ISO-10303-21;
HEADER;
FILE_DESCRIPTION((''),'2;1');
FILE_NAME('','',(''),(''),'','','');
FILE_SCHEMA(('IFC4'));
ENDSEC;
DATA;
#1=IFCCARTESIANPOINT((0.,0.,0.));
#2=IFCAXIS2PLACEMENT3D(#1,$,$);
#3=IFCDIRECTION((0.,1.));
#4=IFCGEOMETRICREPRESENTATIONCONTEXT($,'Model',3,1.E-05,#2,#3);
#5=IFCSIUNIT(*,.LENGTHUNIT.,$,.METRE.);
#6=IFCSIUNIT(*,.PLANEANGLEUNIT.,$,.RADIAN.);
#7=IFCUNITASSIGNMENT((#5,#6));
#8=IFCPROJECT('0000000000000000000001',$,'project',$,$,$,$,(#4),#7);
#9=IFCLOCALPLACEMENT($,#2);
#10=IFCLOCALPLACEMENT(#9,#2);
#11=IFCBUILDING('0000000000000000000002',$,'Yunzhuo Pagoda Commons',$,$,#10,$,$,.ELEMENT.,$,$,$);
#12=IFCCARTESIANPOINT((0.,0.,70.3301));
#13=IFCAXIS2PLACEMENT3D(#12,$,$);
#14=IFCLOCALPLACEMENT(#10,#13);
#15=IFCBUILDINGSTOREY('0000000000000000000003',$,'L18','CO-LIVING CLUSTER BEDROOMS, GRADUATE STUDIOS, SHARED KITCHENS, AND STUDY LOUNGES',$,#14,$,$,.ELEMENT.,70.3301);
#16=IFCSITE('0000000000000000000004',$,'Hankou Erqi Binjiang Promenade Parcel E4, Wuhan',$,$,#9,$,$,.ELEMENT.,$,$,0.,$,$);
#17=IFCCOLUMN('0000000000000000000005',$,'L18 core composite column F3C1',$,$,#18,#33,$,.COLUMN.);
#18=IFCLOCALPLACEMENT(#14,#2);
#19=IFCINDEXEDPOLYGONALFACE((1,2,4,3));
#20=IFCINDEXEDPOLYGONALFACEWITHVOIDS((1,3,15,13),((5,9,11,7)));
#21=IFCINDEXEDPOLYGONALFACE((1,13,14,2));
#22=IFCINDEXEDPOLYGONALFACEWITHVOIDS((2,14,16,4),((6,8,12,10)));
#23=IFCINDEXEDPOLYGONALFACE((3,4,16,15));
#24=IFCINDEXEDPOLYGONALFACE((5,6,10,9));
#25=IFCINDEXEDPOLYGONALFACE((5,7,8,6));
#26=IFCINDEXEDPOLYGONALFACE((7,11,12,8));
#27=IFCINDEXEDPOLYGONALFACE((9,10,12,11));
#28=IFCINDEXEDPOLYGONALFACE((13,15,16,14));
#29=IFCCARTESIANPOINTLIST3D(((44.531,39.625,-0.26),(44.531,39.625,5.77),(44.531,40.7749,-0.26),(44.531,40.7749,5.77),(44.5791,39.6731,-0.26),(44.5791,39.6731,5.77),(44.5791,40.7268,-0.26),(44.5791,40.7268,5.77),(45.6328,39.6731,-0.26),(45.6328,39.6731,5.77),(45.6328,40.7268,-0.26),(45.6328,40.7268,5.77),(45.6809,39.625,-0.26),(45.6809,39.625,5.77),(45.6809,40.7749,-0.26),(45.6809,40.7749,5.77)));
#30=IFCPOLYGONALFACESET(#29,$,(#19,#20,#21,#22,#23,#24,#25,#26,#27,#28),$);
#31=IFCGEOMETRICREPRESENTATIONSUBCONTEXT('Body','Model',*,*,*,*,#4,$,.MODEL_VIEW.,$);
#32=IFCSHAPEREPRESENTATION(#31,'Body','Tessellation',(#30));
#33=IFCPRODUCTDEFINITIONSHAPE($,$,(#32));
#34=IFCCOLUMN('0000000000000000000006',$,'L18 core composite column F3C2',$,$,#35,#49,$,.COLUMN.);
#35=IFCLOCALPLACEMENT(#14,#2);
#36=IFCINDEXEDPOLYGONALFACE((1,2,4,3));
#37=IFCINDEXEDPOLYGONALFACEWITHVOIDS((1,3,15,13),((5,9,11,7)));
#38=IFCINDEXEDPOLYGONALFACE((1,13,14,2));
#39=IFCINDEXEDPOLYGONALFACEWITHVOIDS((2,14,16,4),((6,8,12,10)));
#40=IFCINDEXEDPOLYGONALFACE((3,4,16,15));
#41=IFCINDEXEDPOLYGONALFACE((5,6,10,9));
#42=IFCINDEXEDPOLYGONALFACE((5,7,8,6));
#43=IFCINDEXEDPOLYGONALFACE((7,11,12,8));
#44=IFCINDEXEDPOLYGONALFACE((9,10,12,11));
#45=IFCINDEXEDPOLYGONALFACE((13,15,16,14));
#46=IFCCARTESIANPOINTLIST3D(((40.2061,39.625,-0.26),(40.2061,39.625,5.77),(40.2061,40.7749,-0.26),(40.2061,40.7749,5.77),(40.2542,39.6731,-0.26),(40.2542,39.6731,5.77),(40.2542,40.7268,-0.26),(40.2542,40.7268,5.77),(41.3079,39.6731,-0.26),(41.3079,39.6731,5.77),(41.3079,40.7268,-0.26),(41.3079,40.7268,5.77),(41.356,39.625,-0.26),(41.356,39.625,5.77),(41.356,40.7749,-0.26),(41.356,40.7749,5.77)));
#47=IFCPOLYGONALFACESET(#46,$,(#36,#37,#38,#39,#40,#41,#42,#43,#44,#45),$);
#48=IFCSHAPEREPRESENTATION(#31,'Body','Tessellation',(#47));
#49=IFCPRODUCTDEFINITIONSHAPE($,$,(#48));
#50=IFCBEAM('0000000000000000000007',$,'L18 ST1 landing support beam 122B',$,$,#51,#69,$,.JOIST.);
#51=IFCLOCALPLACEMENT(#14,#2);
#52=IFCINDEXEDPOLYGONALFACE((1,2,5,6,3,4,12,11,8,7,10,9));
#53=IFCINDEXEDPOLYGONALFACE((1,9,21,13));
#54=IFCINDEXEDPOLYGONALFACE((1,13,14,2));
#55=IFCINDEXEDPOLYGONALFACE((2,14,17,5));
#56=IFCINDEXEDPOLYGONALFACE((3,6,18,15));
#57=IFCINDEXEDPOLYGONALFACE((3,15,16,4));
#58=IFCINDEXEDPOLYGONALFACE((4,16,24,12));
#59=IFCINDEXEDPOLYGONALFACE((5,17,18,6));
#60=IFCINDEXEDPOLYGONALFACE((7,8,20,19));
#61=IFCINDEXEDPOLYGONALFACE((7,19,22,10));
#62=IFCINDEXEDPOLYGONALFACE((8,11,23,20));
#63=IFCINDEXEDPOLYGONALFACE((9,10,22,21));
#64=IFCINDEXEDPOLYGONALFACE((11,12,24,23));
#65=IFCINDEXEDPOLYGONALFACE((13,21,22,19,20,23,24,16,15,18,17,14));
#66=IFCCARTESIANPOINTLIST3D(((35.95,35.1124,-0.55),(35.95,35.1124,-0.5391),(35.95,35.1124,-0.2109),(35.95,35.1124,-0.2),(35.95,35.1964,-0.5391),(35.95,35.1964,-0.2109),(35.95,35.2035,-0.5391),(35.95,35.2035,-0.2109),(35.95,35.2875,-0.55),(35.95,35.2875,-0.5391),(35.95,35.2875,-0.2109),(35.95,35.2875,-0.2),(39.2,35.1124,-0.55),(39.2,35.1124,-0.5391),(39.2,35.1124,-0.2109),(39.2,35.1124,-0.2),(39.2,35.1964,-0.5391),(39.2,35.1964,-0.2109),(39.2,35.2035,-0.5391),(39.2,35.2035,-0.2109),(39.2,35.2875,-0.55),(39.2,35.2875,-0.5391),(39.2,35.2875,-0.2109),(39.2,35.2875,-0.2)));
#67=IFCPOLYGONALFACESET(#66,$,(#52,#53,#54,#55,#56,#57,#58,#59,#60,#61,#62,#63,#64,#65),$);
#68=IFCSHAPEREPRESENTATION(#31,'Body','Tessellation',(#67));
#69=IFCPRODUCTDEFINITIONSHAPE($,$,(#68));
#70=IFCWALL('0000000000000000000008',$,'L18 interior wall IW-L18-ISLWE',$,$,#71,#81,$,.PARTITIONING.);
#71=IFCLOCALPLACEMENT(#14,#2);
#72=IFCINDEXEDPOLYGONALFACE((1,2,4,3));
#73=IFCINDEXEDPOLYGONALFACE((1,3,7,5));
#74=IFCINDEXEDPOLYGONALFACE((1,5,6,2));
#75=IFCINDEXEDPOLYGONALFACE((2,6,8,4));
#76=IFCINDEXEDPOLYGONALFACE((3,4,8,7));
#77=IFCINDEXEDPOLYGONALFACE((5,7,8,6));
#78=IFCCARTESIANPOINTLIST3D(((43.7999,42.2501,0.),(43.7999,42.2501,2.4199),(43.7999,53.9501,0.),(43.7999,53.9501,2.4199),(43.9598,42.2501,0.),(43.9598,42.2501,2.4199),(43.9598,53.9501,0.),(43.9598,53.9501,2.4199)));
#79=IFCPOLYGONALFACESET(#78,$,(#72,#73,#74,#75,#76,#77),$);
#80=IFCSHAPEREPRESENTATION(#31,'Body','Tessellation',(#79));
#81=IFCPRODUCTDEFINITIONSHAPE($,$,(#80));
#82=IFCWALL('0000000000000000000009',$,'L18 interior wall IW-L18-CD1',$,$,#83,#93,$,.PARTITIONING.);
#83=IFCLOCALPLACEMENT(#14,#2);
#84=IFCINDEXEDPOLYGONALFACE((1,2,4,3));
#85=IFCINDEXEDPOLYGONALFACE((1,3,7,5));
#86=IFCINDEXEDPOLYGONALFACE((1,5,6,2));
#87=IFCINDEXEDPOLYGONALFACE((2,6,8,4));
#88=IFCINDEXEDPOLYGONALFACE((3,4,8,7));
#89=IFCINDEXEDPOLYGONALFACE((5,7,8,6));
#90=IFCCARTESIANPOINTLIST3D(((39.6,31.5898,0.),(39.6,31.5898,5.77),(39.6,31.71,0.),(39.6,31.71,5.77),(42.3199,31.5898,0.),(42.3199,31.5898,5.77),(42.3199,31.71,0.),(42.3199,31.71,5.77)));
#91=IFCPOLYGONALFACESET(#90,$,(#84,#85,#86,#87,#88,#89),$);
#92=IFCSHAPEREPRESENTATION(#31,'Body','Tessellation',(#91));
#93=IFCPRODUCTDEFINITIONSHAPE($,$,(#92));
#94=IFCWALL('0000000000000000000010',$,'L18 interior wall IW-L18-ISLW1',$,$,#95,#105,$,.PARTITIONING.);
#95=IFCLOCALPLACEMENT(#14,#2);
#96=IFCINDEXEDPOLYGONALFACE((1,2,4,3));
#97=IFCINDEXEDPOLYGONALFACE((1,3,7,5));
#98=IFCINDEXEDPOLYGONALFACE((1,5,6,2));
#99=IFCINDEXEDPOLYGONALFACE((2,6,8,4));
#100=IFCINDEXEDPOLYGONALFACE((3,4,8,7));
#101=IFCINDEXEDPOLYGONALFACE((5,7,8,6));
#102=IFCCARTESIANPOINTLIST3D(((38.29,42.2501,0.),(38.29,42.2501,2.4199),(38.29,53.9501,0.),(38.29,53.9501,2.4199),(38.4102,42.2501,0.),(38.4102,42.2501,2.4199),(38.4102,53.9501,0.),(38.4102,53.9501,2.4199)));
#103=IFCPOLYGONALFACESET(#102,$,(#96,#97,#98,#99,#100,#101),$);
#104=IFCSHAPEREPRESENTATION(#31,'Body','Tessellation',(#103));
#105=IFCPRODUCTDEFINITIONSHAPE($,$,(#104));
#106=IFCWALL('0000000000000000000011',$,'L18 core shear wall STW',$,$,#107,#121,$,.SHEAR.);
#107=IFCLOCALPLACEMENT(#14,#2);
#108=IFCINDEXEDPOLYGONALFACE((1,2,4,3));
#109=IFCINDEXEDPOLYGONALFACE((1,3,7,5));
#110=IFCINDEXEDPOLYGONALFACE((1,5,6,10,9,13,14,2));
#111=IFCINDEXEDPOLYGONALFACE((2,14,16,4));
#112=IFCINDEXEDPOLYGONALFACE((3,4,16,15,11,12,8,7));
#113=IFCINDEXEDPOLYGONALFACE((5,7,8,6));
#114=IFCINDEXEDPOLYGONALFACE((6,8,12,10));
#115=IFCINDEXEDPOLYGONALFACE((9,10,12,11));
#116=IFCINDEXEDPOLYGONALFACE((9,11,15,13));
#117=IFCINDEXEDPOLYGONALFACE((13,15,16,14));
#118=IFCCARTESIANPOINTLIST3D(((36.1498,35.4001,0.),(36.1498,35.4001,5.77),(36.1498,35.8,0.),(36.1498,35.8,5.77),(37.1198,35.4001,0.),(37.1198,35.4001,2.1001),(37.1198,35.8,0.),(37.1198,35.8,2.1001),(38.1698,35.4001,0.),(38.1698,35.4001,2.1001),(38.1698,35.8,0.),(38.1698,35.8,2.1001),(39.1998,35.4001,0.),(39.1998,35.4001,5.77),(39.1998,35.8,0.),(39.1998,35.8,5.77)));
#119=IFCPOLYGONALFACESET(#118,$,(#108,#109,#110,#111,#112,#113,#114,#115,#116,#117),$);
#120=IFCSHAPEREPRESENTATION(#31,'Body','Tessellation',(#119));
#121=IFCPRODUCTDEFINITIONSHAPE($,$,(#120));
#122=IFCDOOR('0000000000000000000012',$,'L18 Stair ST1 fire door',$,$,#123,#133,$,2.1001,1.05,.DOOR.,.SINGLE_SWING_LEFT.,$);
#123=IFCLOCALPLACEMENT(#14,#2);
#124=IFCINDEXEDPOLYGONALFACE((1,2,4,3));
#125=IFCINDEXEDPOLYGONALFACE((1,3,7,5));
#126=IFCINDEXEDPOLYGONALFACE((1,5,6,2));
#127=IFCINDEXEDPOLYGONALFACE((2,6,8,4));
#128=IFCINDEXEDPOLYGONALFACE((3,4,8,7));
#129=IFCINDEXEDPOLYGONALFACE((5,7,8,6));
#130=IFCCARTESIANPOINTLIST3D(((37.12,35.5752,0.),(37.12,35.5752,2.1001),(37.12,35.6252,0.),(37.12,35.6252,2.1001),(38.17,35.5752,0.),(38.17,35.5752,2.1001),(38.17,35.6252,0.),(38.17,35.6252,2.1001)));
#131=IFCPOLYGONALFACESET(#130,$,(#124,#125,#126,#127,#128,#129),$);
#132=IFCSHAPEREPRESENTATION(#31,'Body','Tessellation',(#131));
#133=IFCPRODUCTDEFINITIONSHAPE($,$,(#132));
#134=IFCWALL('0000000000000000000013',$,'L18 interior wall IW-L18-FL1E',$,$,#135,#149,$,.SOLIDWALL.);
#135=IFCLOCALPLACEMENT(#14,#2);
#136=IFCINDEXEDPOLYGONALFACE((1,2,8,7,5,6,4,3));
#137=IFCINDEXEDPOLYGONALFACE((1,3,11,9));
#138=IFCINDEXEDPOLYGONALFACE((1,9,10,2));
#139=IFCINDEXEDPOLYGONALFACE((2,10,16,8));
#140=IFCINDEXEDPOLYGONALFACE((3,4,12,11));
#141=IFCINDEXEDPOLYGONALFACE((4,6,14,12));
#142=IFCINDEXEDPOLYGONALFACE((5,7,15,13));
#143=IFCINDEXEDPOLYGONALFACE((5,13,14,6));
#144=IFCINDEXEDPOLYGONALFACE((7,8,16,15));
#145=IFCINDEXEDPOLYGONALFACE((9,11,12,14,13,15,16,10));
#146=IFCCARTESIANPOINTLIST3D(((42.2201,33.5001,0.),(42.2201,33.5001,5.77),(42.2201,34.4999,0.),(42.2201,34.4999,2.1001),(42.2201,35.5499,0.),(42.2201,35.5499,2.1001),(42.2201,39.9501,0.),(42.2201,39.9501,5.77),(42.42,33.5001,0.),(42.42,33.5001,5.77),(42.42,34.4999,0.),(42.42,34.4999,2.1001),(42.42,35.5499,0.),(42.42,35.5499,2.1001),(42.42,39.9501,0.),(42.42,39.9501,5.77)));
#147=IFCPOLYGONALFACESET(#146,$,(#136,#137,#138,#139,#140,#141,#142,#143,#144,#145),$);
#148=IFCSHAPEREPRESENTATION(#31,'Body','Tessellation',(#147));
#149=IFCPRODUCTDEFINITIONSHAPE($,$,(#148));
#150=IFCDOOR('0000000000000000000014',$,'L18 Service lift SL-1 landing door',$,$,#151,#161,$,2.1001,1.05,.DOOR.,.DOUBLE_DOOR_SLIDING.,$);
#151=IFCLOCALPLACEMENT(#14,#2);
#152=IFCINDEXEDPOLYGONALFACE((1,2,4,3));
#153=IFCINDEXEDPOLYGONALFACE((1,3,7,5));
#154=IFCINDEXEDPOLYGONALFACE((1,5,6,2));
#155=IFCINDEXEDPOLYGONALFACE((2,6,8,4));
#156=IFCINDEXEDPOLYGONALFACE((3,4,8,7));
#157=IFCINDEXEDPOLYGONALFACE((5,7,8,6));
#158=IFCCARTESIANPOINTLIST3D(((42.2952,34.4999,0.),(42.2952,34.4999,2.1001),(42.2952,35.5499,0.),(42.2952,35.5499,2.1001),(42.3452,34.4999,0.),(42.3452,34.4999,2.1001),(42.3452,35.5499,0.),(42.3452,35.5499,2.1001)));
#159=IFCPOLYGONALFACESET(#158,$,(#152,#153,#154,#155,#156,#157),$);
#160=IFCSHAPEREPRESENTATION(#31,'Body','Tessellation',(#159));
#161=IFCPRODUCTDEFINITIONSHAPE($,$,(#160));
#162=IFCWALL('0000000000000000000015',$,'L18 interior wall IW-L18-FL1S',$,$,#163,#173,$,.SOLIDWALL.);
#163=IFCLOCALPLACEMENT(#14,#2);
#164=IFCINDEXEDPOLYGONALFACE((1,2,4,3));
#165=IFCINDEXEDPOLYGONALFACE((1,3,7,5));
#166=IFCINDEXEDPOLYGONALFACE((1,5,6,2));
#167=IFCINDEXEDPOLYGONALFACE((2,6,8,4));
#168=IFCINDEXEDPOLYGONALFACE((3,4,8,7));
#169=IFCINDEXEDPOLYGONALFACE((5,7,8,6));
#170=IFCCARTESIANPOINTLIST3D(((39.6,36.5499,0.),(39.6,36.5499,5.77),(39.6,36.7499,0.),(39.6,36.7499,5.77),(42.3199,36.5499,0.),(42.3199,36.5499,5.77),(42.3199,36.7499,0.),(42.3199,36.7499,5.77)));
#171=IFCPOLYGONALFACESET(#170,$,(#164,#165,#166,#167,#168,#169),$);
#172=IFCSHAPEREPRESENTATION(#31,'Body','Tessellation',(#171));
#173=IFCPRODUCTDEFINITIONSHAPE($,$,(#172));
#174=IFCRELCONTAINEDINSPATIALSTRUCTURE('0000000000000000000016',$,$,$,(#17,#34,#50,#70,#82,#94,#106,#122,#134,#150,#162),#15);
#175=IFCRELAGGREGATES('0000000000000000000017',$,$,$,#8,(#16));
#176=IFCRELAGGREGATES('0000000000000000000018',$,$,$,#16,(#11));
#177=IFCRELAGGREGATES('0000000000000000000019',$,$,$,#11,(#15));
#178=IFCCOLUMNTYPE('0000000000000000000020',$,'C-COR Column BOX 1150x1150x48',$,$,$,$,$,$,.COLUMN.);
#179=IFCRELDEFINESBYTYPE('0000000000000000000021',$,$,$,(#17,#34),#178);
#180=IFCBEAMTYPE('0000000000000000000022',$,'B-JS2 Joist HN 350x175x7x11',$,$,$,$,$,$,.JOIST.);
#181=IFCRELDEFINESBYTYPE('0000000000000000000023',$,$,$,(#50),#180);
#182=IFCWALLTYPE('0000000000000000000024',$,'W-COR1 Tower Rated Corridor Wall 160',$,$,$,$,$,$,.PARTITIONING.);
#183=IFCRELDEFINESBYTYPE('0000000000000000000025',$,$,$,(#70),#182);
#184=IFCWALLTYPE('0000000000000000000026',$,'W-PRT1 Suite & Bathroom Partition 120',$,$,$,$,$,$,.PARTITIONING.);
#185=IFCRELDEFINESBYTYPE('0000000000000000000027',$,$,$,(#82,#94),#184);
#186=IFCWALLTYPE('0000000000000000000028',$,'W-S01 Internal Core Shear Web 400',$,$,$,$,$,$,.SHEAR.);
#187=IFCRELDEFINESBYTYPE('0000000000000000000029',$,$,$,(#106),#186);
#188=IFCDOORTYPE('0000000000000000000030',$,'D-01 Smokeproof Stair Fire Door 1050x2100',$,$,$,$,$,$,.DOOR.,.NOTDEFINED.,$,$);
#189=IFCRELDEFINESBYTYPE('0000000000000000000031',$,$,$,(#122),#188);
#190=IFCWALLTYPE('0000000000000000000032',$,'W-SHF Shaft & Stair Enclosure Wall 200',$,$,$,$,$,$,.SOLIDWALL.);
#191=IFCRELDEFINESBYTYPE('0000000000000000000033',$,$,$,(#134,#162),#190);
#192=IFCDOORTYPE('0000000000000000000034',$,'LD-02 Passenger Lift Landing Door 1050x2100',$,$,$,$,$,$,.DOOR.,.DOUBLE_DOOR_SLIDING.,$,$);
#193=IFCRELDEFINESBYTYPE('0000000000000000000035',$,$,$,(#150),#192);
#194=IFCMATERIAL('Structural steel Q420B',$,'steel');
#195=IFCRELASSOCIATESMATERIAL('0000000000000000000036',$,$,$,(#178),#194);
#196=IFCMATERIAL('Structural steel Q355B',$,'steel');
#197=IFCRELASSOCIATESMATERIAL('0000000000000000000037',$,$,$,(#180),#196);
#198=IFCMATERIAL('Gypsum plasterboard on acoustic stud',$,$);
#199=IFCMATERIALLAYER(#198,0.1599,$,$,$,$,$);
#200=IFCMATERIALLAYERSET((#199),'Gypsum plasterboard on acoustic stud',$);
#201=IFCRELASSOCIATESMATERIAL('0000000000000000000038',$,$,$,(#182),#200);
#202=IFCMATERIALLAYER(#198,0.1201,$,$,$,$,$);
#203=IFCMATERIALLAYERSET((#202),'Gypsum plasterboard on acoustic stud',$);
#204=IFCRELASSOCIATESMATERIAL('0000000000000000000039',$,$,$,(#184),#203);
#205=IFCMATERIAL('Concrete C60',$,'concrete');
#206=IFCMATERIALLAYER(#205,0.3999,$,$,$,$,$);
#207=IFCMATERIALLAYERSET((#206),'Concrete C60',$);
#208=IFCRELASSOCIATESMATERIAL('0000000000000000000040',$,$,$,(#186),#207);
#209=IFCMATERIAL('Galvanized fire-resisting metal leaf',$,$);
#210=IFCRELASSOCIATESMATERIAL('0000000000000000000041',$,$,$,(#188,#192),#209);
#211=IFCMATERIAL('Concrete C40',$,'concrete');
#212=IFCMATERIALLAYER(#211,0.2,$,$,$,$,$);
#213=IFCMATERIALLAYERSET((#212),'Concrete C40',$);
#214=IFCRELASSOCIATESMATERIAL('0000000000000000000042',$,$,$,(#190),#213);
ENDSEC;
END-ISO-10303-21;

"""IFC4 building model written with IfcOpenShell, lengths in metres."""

from ifc_helpers import new_model, si_unit, direction, frame, frame_2d, origin, origin_with_axes, origin_2d, place, context, subcontext, project, spatial, rectangle, hollow_rectangle, i_section, extrude, source, transform, mapped, material, layer, layer_set, material_profile, profile_set, type_object, element, fill, save


model = new_model("IFC4")

# Units and contexts
model_context = context("Model", 3, precision=1e-05, world=origin(), true_north=direction((0.0, 1.0)))
body_context = subcontext(model_context, "Body", "Model", "MODEL_VIEW")
ifc_project = project(units=[si_unit("LENGTHUNIT", "METRE"), si_unit("PLANEANGLEUNIT", "RADIAN")], contexts=[model_context])

# Site, building, storey
site_placement = place(None, origin())
site = spatial("IfcSite", under=ifc_project, at=site_placement, Name="Hankou Erqi Binjiang Promenade Parcel E4, Wuhan", CompositionType="ELEMENT", RefElevation=0.0)
building_placement = place(site_placement, origin())
building = spatial("IfcBuilding", under=site, at=building_placement, Name="Yunzhuo Pagoda Commons", CompositionType="ELEMENT")
storey_placement = place(building_placement, frame((0.0, 0.0, 70.3301)))
storey = spatial("IfcBuildingStorey", under=building, at=storey_placement, Name="L18", Description="CO-LIVING CLUSTER BEDROOMS, GRADUATE STUDIOS, SHARED KITCHENS, AND STUDY LOUNGES", CompositionType="ELEMENT", Elevation=70.3301)

# Columns
ifc_material_1 = material(Name="Structural steel Q420B", Category="steel")
ifc_material_profile_1 = material_profile(ifc_material_1, hollow_rectangle(XDim=1.1499, YDim=1.1499, WallThickness=0.0481, at=origin_2d()), Name="Structural steel Q420B")
ifc_profile_set_1 = profile_set([ifc_material_profile_1], Name="Structural steel Q420B")
column_type = type_object("IfcColumnType", Name="C-COR Column BOX 1150x1150x48", PredefinedType="COLUMN", material=ifc_profile_set_1)
shared_shape_1 = source(origin(), body_context, "Body", "SweptSolid", [
    extrude(hollow_rectangle(XDim=1.1499, YDim=1.1499, WallThickness=0.0481, at=origin_2d()), origin(), (0.0, 0.0, 1.0), 6.03),
])
for number, where, z_axis, x_axis, name in (
    (1, (45.106, 40.2, -0.26), (0.0, 0.0, 1.0), (1.0, 0.0, 0.0), "L18 core composite column F3C1"),
    (2, (40.781, 40.2, -0.26), (0.0, 0.0, 1.0), (1.0, 0.0, 0.0), "L18 core composite column F3C2"),
):
    element("IfcColumn", number, at=place(storey_placement, frame(where, z_axis=z_axis, x_axis=x_axis)), inside=storey, type_object=column_type, Name=name, PredefinedType="COLUMN", context=body_context, shape_type="MappedRepresentation", body=[
        mapped(shared_shape_1, transform((0.0, 0.0, 0.0), scale=1.0)),
    ])

# Beam
ifc_material_2 = material(Name="Structural steel Q355B", Category="steel")
ifc_material_profile_2 = material_profile(ifc_material_2, i_section(OverallWidth=0.175, OverallDepth=0.3501, WebThickness=0.0071, FlangeThickness=0.011, at=origin_2d()), Name="Structural steel Q355B")
ifc_profile_set_2 = profile_set([ifc_material_profile_2], Name="Structural steel Q355B")
beam_type = type_object("IfcBeamType", Name="B-JS2 Joist HN 350x175x7x11", PredefinedType="JOIST", material=ifc_profile_set_2)
shared_shape_2 = source(origin(), body_context, "Body", "SweptSolid", [
    extrude(i_section(OverallWidth=0.175, OverallDepth=0.3501, WebThickness=0.0071, FlangeThickness=0.011, at=origin_2d()), origin(), (0.0, 0.0, 1.0), 3.25),
])
beam_placement = place(storey_placement, frame((35.95, 35.2, -0.375), z_axis=(1.0, 0.0, 0.0), x_axis=(0.0, 1.0, 0.0)))
element("IfcBeam", 3, at=beam_placement, inside=storey, type_object=beam_type, Name="L18 ST1 landing support beam 122B", PredefinedType="JOIST", context=body_context, shape_type="MappedRepresentation", body=[
    mapped(shared_shape_2, transform((0.0, 0.0, 0.0), scale=1.0)),
])

# Walls
ifc_material_3 = material(Name="Gypsum plasterboard on acoustic stud")
ifc_layer_1 = layer(ifc_material_3, 0.1599)
ifc_layer_set_1 = layer_set([ifc_layer_1], Name="Gypsum plasterboard on acoustic stud")
wall_type_1 = type_object("IfcWallType", Name="W-COR1 Tower Rated Corridor Wall 160", PredefinedType="PARTITIONING", material=ifc_layer_set_1)
wall_1_placement = place(storey_placement, frame((43.8799, 42.25, 0.0), z_axis=(0.0, 0.0, 1.0), x_axis=(0.0, 1.0, 0.0)))
element("IfcWall", 4, at=wall_1_placement, inside=storey, type_object=wall_type_1, Name="L18 interior wall IW-L18-ISLWE", PredefinedType="PARTITIONING", context=body_context, shape_type="SweptSolid", body=[
    extrude(rectangle(XDim=11.7, YDim=0.1599, at=frame_2d((5.8501, 0.0))), origin(), (0.0, 0.0, 1.0), 2.4199),
])
ifc_layer_2 = layer(ifc_material_3, 0.1201)
ifc_layer_set_2 = layer_set([ifc_layer_2], Name="Gypsum plasterboard on acoustic stud")
wall_type_2 = type_object("IfcWallType", Name="W-PRT1 Suite & Bathroom Partition 120", PredefinedType="PARTITIONING", material=ifc_layer_set_2)
wall_2_placement = place(storey_placement, frame((39.6001, 31.6499, 0.0), z_axis=(0.0, 0.0, 1.0), x_axis=(1.0, 0.0, 0.0)))
element("IfcWall", 5, at=wall_2_placement, inside=storey, type_object=wall_type_2, Name="L18 interior wall IW-L18-CD1", PredefinedType="PARTITIONING", context=body_context, shape_type="SweptSolid", body=[
    extrude(rectangle(XDim=2.72, YDim=0.1201, at=frame_2d((1.3599, 0.0))), origin(), (0.0, 0.0, 1.0), 5.77),
])
wall_3_placement = place(storey_placement, frame((38.3501, 42.25, 0.0), z_axis=(0.0, 0.0, 1.0), x_axis=(0.0, 1.0, 0.0)))
element("IfcWall", 6, at=wall_3_placement, inside=storey, type_object=wall_type_2, Name="L18 interior wall IW-L18-ISLW1", PredefinedType="PARTITIONING", context=body_context, shape_type="SweptSolid", body=[
    extrude(rectangle(XDim=11.7, YDim=0.1201, at=frame_2d((5.8501, 0.0))), origin(), (0.0, 0.0, 1.0), 2.4199),
])

# Walls, openings, doors
ifc_material_4 = material(Name="Concrete C60", Category="concrete")
ifc_layer_3 = layer(ifc_material_4, 0.3999)
ifc_layer_set_3 = layer_set([ifc_layer_3], Name="Concrete C60")
wall_type_3 = type_object("IfcWallType", Name="W-S01 Internal Core Shear Web 400", PredefinedType="SHEAR", material=ifc_layer_set_3)
wall_4_placement = place(storey_placement, frame((36.1499, 35.6001, 0.0), z_axis=(0.0, 0.0, 1.0), x_axis=(1.0, 0.0, 0.0)))
wall_4 = element("IfcWall", 7, at=wall_4_placement, inside=storey, type_object=wall_type_3, Name="L18 core shear wall STW", PredefinedType="SHEAR", context=body_context, shape_type="SweptSolid", body=[
    extrude(rectangle(XDim=3.05, YDim=0.3999, at=frame_2d((1.5249, 0.0))), origin(), (0.0, 0.0, 1.0), 5.77),
])
opening_1_placement = place(wall_4_placement, frame((0.97, 0.0, 0.0)))
opening_1 = element("IfcOpeningElement", 8, at=opening_1_placement, cuts=wall_4, PredefinedType="OPENING", context=body_context, shape_type="SweptSolid", body=[
    extrude(rectangle(XDim=1.05, YDim=2.1001, at=frame_2d((0.5249, 1.05))), frame((0.0, 0.21, 0.0), z_axis=(0.0, -1.0, 0.0), x_axis=(1.0, 0.0, 0.0)), (0.0, 0.0, 1.0), 0.4199),
])
ifc_material_5 = material(Name="Galvanized fire-resisting metal leaf")
door_type_1 = type_object("IfcDoorType", Name="D-01 Smokeproof Stair Fire Door 1050x2100", OperationType="NOTDEFINED", PredefinedType="DOOR", material=ifc_material_5)
shared_shape_3 = source(origin(), body_context, "Body", "SweptSolid", [
    extrude(rectangle(XDim=1.05, YDim=2.1001, at=frame_2d((0.5249, 1.05))), frame((0.0, 0.0249, 0.0), z_axis=(0.0, -1.0, 0.0), x_axis=(1.0, 0.0, 0.0)), (0.0, 0.0, 1.0), 0.05),
])
door_1_placement = place(opening_1_placement, frame((1.05, 0.0, 0.0), z_axis=(0.0, 0.0, 1.0), x_axis=(-1.0, 0.0, 0.0)))
door_1 = element("IfcDoor", 9, at=door_1_placement, inside=storey, type_object=door_type_1, Name="L18 Stair ST1 fire door", OperationType="SINGLE_SWING_LEFT", OverallHeight=2.1001, OverallWidth=1.05, PredefinedType="DOOR", context=body_context, shape_type="MappedRepresentation", body=[
    mapped(shared_shape_3, transform((0.0, 0.0, 0.0), scale=1.0)),
])
fill(opening_1, door_1)
ifc_material_6 = material(Name="Concrete C40", Category="concrete")
ifc_layer_4 = layer(ifc_material_6, 0.2)
ifc_layer_set_4 = layer_set([ifc_layer_4], Name="Concrete C40")
wall_type_4 = type_object("IfcWallType", Name="W-SHF Shaft & Stair Enclosure Wall 200", PredefinedType="SOLIDWALL", material=ifc_layer_set_4)
wall_5_placement = place(storey_placement, frame((42.3201, 33.5, 0.0), z_axis=(0.0, 0.0, 1.0), x_axis=(0.0, 1.0, 0.0)))
wall_5 = element("IfcWall", 10, at=wall_5_placement, inside=storey, type_object=wall_type_4, Name="L18 interior wall IW-L18-FL1E", PredefinedType="SOLIDWALL", context=body_context, shape_type="SweptSolid", body=[
    extrude(rectangle(XDim=6.45, YDim=0.2, at=frame_2d((3.2251, 0.0))), origin(), (0.0, 0.0, 1.0), 5.77),
])
opening_2_placement = place(wall_5_placement, frame((1.0, 0.0, 0.0)))
opening_2 = element("IfcOpeningElement", 11, at=opening_2_placement, cuts=wall_5, PredefinedType="OPENING", context=body_context, shape_type="SweptSolid", body=[
    extrude(rectangle(XDim=1.05, YDim=2.1001, at=frame_2d((0.5249, 1.05))), frame((0.0, 0.1099, 0.0), z_axis=(0.0, -1.0, 0.0), x_axis=(1.0, 0.0, 0.0)), (0.0, 0.0, 1.0), 0.22),
])
door_type_2 = type_object("IfcDoorType", Name="LD-02 Passenger Lift Landing Door 1050x2100", OperationType="DOUBLE_DOOR_SLIDING", PredefinedType="DOOR", material=ifc_material_5)
door_2_placement = place(opening_2_placement, origin_with_axes())
door_2 = element("IfcDoor", 12, at=door_2_placement, inside=storey, type_object=door_type_2, Name="L18 Service lift SL-1 landing door", OperationType="DOUBLE_DOOR_SLIDING", OverallHeight=2.1001, OverallWidth=1.05, PredefinedType="DOOR", context=body_context, shape_type="MappedRepresentation", body=[
    mapped(shared_shape_3, transform((0.0, 0.0, 0.0), scale=1.0)),
])
fill(opening_2, door_2)

# Wall
for number, where, z_axis, x_axis, name in (
    (13, (39.6001, 36.6499, 0.0), (0.0, 0.0, 1.0), (1.0, 0.0, 0.0), "L18 interior wall IW-L18-FL1S"),
):
    element("IfcWall", number, at=place(storey_placement, frame(where, z_axis=z_axis, x_axis=x_axis)), inside=storey, type_object=wall_type_4, Name=name, PredefinedType="SOLIDWALL", context=body_context, shape_type="SweptSolid", body=[
        extrude(rectangle(XDim=2.72, YDim=0.2, at=frame_2d((1.3599, 0.0))), origin(), (0.0, 0.0, 1.0), 5.77),
    ])

save(model, "model.ifc")
